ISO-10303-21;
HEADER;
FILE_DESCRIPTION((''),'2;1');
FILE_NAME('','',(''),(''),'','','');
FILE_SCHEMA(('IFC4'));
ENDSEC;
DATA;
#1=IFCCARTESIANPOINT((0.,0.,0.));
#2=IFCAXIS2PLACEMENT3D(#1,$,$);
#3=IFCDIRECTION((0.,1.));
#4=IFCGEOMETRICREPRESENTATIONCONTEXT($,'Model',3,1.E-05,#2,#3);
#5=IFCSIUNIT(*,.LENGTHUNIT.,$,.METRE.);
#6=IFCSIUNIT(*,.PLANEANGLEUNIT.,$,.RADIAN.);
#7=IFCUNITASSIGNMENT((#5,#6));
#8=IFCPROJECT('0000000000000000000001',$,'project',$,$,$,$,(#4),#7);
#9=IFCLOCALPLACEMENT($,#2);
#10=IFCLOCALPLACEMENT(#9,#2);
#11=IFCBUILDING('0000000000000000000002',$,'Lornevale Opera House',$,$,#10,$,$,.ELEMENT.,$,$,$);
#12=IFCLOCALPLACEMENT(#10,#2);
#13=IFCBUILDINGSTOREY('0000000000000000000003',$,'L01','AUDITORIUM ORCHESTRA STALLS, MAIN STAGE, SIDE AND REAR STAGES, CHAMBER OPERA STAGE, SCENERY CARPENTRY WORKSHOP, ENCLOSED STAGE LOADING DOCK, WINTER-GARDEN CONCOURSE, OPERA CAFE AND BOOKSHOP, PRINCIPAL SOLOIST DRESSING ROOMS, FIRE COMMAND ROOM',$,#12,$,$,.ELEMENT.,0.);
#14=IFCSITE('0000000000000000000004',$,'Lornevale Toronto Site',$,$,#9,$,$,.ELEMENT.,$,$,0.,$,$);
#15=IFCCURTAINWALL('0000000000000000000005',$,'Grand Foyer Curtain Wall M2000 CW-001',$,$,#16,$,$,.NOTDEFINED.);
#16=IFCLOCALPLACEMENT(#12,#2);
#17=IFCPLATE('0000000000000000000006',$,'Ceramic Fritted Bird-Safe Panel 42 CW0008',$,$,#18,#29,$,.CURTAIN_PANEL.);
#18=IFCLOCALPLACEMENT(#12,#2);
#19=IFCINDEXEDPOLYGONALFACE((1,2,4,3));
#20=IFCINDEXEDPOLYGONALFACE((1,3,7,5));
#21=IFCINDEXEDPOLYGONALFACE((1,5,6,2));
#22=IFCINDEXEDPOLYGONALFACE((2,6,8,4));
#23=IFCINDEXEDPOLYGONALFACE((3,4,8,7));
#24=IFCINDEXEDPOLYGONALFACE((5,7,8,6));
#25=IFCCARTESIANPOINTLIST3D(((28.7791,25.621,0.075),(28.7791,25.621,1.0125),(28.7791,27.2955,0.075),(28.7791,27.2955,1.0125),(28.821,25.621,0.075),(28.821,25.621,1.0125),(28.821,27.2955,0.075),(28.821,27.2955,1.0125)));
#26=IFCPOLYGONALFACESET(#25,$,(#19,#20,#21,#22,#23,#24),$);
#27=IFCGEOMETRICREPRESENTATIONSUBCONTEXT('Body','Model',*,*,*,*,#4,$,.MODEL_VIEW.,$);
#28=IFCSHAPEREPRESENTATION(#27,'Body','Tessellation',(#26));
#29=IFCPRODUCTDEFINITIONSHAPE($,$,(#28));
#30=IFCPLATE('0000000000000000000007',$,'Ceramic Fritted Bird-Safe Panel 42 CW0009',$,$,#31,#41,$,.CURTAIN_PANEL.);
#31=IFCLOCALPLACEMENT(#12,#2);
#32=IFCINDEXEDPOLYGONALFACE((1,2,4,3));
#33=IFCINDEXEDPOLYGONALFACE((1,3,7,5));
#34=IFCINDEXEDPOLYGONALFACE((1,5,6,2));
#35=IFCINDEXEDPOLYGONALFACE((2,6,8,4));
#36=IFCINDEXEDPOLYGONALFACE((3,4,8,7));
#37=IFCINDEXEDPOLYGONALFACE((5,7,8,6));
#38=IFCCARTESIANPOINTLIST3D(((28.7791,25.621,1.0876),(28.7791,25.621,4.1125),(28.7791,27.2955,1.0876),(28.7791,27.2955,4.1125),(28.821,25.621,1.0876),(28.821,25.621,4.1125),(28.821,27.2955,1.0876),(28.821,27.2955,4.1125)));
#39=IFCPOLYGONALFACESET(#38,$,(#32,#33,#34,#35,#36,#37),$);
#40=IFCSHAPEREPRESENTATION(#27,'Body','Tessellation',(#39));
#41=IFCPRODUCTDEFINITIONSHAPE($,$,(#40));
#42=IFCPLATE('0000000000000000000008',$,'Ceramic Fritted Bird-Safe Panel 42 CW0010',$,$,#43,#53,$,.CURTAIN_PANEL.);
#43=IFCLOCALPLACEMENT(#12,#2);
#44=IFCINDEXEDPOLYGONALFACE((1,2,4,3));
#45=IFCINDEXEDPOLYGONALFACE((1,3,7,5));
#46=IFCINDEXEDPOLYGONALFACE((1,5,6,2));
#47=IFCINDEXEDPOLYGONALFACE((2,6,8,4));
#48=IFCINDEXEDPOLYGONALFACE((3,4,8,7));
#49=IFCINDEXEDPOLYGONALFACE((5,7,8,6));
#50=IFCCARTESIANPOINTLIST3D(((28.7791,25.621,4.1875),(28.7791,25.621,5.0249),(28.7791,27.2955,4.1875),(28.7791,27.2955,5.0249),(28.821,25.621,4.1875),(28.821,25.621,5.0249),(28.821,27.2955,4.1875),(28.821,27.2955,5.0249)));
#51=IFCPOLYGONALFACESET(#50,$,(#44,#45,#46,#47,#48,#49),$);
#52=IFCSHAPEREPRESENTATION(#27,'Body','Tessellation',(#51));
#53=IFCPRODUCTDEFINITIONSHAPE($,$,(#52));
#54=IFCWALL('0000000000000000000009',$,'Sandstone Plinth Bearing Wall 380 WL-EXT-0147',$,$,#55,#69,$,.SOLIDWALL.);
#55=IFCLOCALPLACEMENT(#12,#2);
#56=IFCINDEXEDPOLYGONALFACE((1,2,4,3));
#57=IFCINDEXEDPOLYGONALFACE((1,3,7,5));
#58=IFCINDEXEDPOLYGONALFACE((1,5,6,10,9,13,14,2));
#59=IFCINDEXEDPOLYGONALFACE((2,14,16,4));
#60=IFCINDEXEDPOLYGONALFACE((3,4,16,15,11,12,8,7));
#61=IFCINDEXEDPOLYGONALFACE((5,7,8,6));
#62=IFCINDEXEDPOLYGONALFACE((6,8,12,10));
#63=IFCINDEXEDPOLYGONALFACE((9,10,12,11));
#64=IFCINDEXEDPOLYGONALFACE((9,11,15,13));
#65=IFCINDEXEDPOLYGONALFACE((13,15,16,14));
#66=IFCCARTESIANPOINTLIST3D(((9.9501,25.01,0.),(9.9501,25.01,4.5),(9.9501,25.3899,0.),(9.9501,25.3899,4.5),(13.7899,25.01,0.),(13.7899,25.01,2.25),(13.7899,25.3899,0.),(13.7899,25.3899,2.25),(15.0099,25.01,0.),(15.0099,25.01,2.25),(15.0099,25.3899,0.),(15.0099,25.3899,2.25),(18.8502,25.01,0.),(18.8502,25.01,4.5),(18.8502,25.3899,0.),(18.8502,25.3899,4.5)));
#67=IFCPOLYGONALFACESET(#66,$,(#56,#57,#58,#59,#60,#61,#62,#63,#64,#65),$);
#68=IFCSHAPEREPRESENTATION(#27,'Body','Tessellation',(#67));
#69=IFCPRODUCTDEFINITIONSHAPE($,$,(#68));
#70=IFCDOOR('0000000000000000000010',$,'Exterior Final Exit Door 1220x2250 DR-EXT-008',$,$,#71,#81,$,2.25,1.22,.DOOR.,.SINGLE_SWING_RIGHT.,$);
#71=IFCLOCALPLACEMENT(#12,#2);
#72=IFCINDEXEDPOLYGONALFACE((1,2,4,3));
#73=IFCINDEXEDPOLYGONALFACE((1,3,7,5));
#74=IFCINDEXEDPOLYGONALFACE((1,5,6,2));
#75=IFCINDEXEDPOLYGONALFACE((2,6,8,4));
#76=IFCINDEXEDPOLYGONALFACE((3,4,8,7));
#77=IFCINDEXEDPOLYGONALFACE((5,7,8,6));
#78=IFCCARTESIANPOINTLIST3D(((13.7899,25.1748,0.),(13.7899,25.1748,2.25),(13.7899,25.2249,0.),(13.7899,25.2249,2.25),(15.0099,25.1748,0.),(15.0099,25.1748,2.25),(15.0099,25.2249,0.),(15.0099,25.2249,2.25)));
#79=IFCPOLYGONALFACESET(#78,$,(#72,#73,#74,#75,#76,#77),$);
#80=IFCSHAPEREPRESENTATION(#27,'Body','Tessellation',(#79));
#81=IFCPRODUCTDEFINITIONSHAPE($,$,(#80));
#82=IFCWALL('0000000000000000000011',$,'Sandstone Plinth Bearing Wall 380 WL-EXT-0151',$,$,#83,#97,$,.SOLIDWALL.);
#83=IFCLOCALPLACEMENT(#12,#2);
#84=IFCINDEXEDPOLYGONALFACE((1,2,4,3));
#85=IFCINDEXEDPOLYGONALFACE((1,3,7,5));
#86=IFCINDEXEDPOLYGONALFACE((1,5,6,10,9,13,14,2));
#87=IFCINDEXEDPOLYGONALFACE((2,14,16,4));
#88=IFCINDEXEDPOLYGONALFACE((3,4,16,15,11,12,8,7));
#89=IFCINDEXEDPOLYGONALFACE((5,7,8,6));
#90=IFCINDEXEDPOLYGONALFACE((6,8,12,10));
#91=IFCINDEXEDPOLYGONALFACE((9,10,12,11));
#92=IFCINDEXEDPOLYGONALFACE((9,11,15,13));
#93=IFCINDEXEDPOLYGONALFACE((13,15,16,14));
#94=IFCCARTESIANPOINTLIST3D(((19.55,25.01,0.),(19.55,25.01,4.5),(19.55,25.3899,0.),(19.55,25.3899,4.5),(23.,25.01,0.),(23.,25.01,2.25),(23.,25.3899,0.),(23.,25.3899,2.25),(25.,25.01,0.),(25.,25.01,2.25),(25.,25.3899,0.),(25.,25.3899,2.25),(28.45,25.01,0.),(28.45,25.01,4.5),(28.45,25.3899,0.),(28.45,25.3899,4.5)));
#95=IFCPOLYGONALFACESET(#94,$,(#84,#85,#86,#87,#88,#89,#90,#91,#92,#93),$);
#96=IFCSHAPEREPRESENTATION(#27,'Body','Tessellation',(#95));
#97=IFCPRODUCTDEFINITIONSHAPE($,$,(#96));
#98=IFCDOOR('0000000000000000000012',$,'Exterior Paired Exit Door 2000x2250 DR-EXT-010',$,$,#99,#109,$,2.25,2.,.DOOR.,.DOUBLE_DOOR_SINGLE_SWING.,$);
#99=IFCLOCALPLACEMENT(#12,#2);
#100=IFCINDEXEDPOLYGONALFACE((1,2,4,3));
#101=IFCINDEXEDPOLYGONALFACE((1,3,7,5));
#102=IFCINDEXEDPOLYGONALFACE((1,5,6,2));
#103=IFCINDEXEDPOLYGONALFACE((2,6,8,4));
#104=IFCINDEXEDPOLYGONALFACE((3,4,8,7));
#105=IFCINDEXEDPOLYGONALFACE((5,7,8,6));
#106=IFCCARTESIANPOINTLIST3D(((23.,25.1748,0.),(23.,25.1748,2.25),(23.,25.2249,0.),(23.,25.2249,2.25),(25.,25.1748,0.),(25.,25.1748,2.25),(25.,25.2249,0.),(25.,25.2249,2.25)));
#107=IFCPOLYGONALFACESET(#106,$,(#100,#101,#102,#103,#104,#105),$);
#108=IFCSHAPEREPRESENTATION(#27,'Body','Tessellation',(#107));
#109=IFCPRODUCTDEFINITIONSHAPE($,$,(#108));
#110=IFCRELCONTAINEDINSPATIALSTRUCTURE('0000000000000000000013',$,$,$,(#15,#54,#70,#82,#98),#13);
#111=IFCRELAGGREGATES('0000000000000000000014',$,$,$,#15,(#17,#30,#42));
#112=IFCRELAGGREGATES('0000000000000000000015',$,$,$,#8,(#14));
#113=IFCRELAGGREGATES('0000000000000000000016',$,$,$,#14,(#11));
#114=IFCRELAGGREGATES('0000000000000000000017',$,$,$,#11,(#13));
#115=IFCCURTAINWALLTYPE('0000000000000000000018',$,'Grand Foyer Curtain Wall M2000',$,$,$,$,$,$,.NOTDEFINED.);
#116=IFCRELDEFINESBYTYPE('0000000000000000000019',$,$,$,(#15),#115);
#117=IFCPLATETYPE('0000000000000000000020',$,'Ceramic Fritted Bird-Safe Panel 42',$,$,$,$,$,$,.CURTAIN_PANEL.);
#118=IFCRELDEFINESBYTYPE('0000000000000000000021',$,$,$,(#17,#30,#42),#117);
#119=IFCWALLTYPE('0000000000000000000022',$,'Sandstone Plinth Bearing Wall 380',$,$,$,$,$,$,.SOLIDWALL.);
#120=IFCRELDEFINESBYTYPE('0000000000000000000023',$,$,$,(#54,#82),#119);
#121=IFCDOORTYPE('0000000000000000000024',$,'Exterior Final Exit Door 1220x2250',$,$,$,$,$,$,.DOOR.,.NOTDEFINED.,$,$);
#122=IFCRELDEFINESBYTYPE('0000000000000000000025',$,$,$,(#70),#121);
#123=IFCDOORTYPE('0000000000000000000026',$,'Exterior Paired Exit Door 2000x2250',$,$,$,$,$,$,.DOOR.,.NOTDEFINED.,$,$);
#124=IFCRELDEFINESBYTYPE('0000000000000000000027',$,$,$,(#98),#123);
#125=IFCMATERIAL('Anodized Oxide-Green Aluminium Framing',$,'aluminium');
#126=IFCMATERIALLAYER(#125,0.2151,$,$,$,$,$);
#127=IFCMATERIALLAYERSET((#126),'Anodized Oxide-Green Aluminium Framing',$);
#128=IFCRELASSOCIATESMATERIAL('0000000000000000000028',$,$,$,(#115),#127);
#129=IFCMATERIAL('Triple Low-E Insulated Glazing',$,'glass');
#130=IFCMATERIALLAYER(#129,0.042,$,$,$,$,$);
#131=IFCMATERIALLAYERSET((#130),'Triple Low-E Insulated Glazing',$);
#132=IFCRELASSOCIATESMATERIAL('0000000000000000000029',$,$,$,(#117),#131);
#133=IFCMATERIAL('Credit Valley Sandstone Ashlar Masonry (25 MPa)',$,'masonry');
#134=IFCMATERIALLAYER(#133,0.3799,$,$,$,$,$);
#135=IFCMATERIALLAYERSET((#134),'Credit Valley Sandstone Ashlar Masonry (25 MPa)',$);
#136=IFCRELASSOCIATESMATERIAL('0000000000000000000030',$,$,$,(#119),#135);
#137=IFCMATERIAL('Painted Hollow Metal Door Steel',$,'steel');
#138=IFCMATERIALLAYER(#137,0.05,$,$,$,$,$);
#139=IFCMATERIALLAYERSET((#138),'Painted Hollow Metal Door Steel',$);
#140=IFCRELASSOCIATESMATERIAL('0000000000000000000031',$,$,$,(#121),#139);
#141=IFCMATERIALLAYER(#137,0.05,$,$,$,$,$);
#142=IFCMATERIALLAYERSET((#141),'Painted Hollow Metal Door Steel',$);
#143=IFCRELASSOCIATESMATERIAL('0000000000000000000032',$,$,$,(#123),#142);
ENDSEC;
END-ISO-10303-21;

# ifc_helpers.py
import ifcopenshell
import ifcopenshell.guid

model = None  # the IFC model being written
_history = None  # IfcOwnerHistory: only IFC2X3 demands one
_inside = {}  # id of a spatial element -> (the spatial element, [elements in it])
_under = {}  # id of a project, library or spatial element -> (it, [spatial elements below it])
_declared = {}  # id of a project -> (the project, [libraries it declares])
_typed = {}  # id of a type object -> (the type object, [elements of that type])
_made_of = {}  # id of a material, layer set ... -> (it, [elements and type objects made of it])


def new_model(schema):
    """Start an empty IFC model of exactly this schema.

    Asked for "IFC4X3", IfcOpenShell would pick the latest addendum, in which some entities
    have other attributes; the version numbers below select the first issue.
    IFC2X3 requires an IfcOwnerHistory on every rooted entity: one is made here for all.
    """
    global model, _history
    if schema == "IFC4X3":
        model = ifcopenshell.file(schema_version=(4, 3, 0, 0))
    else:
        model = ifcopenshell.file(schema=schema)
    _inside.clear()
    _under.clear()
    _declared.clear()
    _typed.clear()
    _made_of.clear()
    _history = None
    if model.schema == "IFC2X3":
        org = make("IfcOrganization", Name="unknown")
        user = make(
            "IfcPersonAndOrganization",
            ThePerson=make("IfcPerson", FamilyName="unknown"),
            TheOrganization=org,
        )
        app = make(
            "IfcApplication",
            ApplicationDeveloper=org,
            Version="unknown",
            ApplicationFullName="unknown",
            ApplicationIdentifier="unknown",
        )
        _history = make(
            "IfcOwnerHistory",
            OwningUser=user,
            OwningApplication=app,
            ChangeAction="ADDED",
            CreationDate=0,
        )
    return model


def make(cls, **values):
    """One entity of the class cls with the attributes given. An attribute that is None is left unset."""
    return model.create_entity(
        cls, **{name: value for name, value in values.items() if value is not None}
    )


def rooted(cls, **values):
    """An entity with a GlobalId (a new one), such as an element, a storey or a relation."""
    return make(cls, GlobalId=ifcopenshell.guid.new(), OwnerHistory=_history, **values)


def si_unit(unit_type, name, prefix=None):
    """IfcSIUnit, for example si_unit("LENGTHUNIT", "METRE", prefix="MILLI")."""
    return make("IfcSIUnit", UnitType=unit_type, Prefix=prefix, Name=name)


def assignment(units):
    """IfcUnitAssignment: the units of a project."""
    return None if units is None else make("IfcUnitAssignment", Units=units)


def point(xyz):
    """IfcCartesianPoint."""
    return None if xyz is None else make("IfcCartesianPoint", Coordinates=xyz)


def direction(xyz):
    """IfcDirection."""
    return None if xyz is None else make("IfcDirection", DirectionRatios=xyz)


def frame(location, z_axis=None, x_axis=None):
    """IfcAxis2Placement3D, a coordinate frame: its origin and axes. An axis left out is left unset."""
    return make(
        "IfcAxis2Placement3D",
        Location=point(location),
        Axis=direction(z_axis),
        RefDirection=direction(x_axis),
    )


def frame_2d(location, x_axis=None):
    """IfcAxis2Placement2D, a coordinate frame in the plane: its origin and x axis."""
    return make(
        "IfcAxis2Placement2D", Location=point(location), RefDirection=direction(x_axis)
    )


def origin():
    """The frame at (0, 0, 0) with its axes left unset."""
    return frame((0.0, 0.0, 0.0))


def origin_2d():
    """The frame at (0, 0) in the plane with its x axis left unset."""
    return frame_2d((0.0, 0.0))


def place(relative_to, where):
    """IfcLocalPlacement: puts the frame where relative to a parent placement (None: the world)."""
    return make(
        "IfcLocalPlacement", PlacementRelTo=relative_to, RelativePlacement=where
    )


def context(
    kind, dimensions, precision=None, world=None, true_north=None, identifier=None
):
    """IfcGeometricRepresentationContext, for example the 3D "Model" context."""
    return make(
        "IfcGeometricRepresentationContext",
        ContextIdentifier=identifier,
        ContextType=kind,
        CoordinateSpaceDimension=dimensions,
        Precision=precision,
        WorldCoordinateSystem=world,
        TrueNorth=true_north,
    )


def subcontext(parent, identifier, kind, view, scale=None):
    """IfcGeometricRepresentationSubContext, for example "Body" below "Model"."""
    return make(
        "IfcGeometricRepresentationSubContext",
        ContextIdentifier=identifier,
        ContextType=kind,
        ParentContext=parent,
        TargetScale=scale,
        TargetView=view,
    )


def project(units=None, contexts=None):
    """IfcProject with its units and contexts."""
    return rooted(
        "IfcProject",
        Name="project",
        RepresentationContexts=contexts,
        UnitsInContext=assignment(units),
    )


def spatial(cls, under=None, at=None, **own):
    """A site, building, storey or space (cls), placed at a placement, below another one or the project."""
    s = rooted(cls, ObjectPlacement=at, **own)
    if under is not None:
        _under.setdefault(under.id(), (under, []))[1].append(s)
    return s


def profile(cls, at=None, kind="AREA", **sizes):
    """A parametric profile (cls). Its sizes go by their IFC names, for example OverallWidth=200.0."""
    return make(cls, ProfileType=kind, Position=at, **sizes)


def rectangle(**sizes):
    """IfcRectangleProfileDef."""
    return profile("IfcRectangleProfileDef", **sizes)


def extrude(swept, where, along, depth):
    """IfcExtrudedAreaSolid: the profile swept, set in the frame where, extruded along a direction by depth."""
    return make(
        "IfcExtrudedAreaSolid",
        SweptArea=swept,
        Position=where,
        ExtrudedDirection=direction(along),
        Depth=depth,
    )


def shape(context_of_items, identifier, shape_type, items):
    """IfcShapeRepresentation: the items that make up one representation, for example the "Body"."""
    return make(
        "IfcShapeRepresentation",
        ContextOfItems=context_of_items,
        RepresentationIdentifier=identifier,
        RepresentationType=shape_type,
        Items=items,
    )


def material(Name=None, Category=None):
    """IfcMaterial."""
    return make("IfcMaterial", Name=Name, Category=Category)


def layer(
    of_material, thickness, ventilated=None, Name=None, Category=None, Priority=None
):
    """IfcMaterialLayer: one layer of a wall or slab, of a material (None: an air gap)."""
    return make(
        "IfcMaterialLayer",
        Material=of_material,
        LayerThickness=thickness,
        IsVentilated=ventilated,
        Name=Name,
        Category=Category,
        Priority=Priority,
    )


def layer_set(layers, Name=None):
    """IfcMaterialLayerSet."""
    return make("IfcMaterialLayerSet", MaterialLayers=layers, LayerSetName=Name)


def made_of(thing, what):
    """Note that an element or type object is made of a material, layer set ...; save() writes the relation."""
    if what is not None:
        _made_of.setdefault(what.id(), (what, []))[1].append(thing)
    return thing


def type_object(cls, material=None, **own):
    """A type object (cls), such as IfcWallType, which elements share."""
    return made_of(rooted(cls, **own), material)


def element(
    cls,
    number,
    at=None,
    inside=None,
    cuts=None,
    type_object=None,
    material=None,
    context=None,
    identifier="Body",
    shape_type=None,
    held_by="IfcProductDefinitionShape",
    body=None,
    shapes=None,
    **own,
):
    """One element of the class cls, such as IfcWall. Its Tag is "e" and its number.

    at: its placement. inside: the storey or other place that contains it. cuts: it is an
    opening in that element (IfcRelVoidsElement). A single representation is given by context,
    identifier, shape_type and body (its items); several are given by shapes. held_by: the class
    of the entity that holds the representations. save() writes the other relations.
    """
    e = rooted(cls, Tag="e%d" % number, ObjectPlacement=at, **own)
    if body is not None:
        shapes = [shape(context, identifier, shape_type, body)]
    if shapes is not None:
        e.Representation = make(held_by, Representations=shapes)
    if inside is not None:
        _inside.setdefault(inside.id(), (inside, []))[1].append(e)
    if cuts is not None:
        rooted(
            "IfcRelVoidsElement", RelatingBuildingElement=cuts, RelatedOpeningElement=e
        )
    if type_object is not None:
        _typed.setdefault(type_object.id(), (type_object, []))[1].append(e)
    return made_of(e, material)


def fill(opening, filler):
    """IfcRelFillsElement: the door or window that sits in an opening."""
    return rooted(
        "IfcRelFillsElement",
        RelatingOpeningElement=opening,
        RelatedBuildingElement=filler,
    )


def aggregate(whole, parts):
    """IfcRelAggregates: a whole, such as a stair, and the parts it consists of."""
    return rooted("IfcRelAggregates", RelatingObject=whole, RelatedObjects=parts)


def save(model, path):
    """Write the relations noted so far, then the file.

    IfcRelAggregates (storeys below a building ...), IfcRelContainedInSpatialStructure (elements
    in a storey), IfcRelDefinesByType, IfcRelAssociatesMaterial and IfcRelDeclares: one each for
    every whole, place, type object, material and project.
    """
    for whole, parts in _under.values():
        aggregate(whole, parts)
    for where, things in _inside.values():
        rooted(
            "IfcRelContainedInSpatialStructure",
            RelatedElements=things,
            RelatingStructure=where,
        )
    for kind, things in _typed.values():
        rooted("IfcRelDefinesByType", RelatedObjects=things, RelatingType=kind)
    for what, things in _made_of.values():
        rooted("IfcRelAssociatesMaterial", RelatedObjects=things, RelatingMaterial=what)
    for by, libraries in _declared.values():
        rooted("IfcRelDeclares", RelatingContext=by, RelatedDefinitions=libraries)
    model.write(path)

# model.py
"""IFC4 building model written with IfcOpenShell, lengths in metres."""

from ifc_helpers import new_model, si_unit, direction, frame, frame_2d, origin, origin_2d, place, context, subcontext, project, spatial, rectangle, extrude, material, layer, layer_set, type_object, element, fill, aggregate, save


model = new_model("IFC4")

# Units and contexts
model_context = context("Model", 3, precision=1e-05, world=origin(), true_north=direction((0.0, 1.0)))
body_context = subcontext(model_context, "Body", "Model", "MODEL_VIEW")
ifc_project = project(units=[si_unit("LENGTHUNIT", "METRE"), si_unit("PLANEANGLEUNIT", "RADIAN")], contexts=[model_context])

# Site, building, storey
site_placement = place(None, origin())
site = spatial("IfcSite", under=ifc_project, at=site_placement, Name="Lornevale Toronto Site", CompositionType="ELEMENT", RefElevation=0.0)
building_placement = place(site_placement, origin())
building = spatial("IfcBuilding", under=site, at=building_placement, Name="Lornevale Opera House", CompositionType="ELEMENT")
storey_placement = place(building_placement, origin())
storey = spatial("IfcBuildingStorey", under=building, at=storey_placement, Name="L01", Description="AUDITORIUM ORCHESTRA STALLS, MAIN STAGE, SIDE AND REAR STAGES, CHAMBER OPERA STAGE, SCENERY CARPENTRY WORKSHOP, ENCLOSED STAGE LOADING DOCK, WINTER-GARDEN CONCOURSE, OPERA CAFE AND BOOKSHOP, PRINCIPAL SOLOIST DRESSING ROOMS, FIRE COMMAND ROOM", CompositionType="ELEMENT", Elevation=0.0)

# Curtain wall, plates
ifc_material_1 = material(Name="Anodized Oxide-Green Aluminium Framing", Category="aluminium")
ifc_layer_1 = layer(ifc_material_1, 0.2151)
ifc_layer_set_1 = layer_set([ifc_layer_1], Name="Anodized Oxide-Green Aluminium Framing")
curtain_wall_type = type_object("IfcCurtainWallType", Name="Grand Foyer Curtain Wall M2000", PredefinedType="NOTDEFINED", material=ifc_layer_set_1)
curtain_wall_placement = place(storey_placement, origin())
curtain_wall = element("IfcCurtainWall", 1, at=curtain_wall_placement, inside=storey, type_object=curtain_wall_type, Name="Grand Foyer Curtain Wall M2000 CW-001", PredefinedType="NOTDEFINED")
ifc_material_2 = material(Name="Triple Low-E Insulated Glazing", Category="glass")
ifc_layer_2 = layer(ifc_material_2, 0.042)
ifc_layer_set_2 = layer_set([ifc_layer_2], Name="Triple Low-E Insulated Glazing")
plate_type = type_object("IfcPlateType", Name="Ceramic Fritted Bird-Safe Panel 42", PredefinedType="CURTAIN_PANEL", material=ifc_layer_set_2)
plate_1_placement = place(storey_placement, frame((28.8, 26.4583, 0.075), z_axis=(0.0, 0.0, 1.0), x_axis=(0.0, 1.0, 0.0)))
plate_1 = element("IfcPlate", 2, at=plate_1_placement, type_object=plate_type, Name="Ceramic Fritted Bird-Safe Panel 42 CW0008", PredefinedType="CURTAIN_PANEL", context=body_context, shape_type="SweptSolid", body=[
    extrude(rectangle(XDim=1.6746, YDim=0.042, at=origin_2d()), origin(), (0.0, 0.0, 1.0), 0.9375),
])
plate_2_placement = place(storey_placement, frame((28.8, 26.4583, 1.0876), z_axis=(0.0, 0.0, 1.0), x_axis=(0.0, 1.0, 0.0)))
plate_2 = element("IfcPlate", 3, at=plate_2_placement, type_object=plate_type, Name="Ceramic Fritted Bird-Safe Panel 42 CW0009", PredefinedType="CURTAIN_PANEL", context=body_context, shape_type="SweptSolid", body=[
    extrude(rectangle(XDim=1.6746, YDim=0.042, at=origin_2d()), origin(), (0.0, 0.0, 1.0), 3.0249),
])
plate_3_placement = place(storey_placement, frame((28.8, 26.4583, 4.1875), z_axis=(0.0, 0.0, 1.0), x_axis=(0.0, 1.0, 0.0)))
plate_3 = element("IfcPlate", 4, at=plate_3_placement, type_object=plate_type, Name="Ceramic Fritted Bird-Safe Panel 42 CW0010", PredefinedType="CURTAIN_PANEL", context=body_context, shape_type="SweptSolid", body=[
    extrude(rectangle(XDim=1.6746, YDim=0.042, at=origin_2d()), origin(), (0.0, 0.0, 1.0), 0.8374),
])
aggregate(curtain_wall, [plate_1, plate_2, plate_3])

# Walls, openings, doors
ifc_material_3 = material(Name="Credit Valley Sandstone Ashlar Masonry (25 MPa)", Category="masonry")
ifc_layer_3 = layer(ifc_material_3, 0.3799)
ifc_layer_set_3 = layer_set([ifc_layer_3], Name="Credit Valley Sandstone Ashlar Masonry (25 MPa)")
wall_type = type_object("IfcWallType", Name="Sandstone Plinth Bearing Wall 380", PredefinedType="SOLIDWALL", material=ifc_layer_set_3)
wall_1_placement = place(storey_placement, frame((9.95, 25.2, 0.0), z_axis=(0.0, 0.0, 1.0), x_axis=(1.0, 0.0, 0.0)))
wall_1 = element("IfcWall", 5, at=wall_1_placement, inside=storey, type_object=wall_type, Name="Sandstone Plinth Bearing Wall 380 WL-EXT-0147", PredefinedType="SOLIDWALL", context=body_context, shape_type="SweptSolid", body=[
    extrude(rectangle(XDim=8.9001, YDim=0.3799, at=frame_2d((4.4502, 0.0))), origin(), (0.0, 0.0, 1.0), 4.5),
])
opening_1_placement = place(wall_1_placement, frame((3.8401, 0.0, 0.0)))
opening_1 = element("IfcOpeningElement", 6, at=opening_1_placement, cuts=wall_1, PredefinedType="OPENING", context=body_context, shape_type="SweptSolid", body=[
    extrude(rectangle(XDim=1.22, YDim=2.25, at=frame_2d((0.6099, 1.125))), frame((0.0, 0.2, 0.0), z_axis=(0.0, -1.0, 0.0), x_axis=(1.0, 0.0, 0.0)), (0.0, 0.0, 1.0), 0.3999),
])
ifc_material_4 = material(Name="Painted Hollow Metal Door Steel", Category="steel")
ifc_layer_4 = layer(ifc_material_4, 0.05)
ifc_layer_set_4 = layer_set([ifc_layer_4], Name="Painted Hollow Metal Door Steel")
door_type_1 = type_object("IfcDoorType", Name="Exterior Final Exit Door 1220x2250", OperationType="NOTDEFINED", PredefinedType="DOOR", material=ifc_layer_set_4)
door_1_placement = place(opening_1_placement, origin())
door_1 = element("IfcDoor", 7, at=door_1_placement, inside=storey, type_object=door_type_1, Name="Exterior Final Exit Door 1220x2250 DR-EXT-008", OperationType="SINGLE_SWING_RIGHT", OverallHeight=2.25, OverallWidth=1.22, PredefinedType="DOOR", context=body_context, shape_type="SweptSolid", body=[
    extrude(rectangle(XDim=1.22, YDim=2.25, at=frame_2d((0.6099, 1.125))), frame((0.0, 0.0249, 0.0), z_axis=(0.0, -1.0, 0.0), x_axis=(1.0, 0.0, 0.0)), (0.0, 0.0, 1.0), 0.05),
])
fill(opening_1, door_1)
wall_2_placement = place(storey_placement, frame((19.55, 25.2, 0.0), z_axis=(0.0, 0.0, 1.0), x_axis=(1.0, 0.0, 0.0)))
wall_2 = element("IfcWall", 8, at=wall_2_placement, inside=storey, type_object=wall_type, Name="Sandstone Plinth Bearing Wall 380 WL-EXT-0151", PredefinedType="SOLIDWALL", context=body_context, shape_type="SweptSolid", body=[
    extrude(rectangle(XDim=8.8999, YDim=0.3799, at=frame_2d((4.45, 0.0))), origin(), (0.0, 0.0, 1.0), 4.5),
])
opening_2_placement = place(wall_2_placement, frame((3.45, 0.0, 0.0)))
opening_2 = element("IfcOpeningElement", 9, at=opening_2_placement, cuts=wall_2, PredefinedType="OPENING", context=body_context, shape_type="SweptSolid", body=[
    extrude(rectangle(XDim=2.0, YDim=2.25, at=frame_2d((1.0, 1.125))), frame((0.0, 0.2, 0.0), z_axis=(0.0, -1.0, 0.0), x_axis=(1.0, 0.0, 0.0)), (0.0, 0.0, 1.0), 0.3999),
])
ifc_layer_5 = layer(ifc_material_4, 0.05)
ifc_layer_set_5 = layer_set([ifc_layer_5], Name="Painted Hollow Metal Door Steel")
door_type_2 = type_object("IfcDoorType", Name="Exterior Paired Exit Door 2000x2250", OperationType="NOTDEFINED", PredefinedType="DOOR", material=ifc_layer_set_5)
door_2_placement = place(opening_2_placement, origin())
door_2 = element("IfcDoor", 10, at=door_2_placement, inside=storey, type_object=door_type_2, Name="Exterior Paired Exit Door 2000x2250 DR-EXT-010", OperationType="DOUBLE_DOOR_SINGLE_SWING", OverallHeight=2.25, OverallWidth=2.0, PredefinedType="DOOR", context=body_context, shape_type="SweptSolid", body=[
    extrude(rectangle(XDim=2.0, YDim=2.25, at=frame_2d((1.0, 1.125))), frame((0.0, 0.0249, 0.0), z_axis=(0.0, -1.0, 0.0), x_axis=(1.0, 0.0, 0.0)), (0.0, 0.0, 1.0), 0.05),
])
fill(opening_2, door_2)

save(model, "model.ifc")
